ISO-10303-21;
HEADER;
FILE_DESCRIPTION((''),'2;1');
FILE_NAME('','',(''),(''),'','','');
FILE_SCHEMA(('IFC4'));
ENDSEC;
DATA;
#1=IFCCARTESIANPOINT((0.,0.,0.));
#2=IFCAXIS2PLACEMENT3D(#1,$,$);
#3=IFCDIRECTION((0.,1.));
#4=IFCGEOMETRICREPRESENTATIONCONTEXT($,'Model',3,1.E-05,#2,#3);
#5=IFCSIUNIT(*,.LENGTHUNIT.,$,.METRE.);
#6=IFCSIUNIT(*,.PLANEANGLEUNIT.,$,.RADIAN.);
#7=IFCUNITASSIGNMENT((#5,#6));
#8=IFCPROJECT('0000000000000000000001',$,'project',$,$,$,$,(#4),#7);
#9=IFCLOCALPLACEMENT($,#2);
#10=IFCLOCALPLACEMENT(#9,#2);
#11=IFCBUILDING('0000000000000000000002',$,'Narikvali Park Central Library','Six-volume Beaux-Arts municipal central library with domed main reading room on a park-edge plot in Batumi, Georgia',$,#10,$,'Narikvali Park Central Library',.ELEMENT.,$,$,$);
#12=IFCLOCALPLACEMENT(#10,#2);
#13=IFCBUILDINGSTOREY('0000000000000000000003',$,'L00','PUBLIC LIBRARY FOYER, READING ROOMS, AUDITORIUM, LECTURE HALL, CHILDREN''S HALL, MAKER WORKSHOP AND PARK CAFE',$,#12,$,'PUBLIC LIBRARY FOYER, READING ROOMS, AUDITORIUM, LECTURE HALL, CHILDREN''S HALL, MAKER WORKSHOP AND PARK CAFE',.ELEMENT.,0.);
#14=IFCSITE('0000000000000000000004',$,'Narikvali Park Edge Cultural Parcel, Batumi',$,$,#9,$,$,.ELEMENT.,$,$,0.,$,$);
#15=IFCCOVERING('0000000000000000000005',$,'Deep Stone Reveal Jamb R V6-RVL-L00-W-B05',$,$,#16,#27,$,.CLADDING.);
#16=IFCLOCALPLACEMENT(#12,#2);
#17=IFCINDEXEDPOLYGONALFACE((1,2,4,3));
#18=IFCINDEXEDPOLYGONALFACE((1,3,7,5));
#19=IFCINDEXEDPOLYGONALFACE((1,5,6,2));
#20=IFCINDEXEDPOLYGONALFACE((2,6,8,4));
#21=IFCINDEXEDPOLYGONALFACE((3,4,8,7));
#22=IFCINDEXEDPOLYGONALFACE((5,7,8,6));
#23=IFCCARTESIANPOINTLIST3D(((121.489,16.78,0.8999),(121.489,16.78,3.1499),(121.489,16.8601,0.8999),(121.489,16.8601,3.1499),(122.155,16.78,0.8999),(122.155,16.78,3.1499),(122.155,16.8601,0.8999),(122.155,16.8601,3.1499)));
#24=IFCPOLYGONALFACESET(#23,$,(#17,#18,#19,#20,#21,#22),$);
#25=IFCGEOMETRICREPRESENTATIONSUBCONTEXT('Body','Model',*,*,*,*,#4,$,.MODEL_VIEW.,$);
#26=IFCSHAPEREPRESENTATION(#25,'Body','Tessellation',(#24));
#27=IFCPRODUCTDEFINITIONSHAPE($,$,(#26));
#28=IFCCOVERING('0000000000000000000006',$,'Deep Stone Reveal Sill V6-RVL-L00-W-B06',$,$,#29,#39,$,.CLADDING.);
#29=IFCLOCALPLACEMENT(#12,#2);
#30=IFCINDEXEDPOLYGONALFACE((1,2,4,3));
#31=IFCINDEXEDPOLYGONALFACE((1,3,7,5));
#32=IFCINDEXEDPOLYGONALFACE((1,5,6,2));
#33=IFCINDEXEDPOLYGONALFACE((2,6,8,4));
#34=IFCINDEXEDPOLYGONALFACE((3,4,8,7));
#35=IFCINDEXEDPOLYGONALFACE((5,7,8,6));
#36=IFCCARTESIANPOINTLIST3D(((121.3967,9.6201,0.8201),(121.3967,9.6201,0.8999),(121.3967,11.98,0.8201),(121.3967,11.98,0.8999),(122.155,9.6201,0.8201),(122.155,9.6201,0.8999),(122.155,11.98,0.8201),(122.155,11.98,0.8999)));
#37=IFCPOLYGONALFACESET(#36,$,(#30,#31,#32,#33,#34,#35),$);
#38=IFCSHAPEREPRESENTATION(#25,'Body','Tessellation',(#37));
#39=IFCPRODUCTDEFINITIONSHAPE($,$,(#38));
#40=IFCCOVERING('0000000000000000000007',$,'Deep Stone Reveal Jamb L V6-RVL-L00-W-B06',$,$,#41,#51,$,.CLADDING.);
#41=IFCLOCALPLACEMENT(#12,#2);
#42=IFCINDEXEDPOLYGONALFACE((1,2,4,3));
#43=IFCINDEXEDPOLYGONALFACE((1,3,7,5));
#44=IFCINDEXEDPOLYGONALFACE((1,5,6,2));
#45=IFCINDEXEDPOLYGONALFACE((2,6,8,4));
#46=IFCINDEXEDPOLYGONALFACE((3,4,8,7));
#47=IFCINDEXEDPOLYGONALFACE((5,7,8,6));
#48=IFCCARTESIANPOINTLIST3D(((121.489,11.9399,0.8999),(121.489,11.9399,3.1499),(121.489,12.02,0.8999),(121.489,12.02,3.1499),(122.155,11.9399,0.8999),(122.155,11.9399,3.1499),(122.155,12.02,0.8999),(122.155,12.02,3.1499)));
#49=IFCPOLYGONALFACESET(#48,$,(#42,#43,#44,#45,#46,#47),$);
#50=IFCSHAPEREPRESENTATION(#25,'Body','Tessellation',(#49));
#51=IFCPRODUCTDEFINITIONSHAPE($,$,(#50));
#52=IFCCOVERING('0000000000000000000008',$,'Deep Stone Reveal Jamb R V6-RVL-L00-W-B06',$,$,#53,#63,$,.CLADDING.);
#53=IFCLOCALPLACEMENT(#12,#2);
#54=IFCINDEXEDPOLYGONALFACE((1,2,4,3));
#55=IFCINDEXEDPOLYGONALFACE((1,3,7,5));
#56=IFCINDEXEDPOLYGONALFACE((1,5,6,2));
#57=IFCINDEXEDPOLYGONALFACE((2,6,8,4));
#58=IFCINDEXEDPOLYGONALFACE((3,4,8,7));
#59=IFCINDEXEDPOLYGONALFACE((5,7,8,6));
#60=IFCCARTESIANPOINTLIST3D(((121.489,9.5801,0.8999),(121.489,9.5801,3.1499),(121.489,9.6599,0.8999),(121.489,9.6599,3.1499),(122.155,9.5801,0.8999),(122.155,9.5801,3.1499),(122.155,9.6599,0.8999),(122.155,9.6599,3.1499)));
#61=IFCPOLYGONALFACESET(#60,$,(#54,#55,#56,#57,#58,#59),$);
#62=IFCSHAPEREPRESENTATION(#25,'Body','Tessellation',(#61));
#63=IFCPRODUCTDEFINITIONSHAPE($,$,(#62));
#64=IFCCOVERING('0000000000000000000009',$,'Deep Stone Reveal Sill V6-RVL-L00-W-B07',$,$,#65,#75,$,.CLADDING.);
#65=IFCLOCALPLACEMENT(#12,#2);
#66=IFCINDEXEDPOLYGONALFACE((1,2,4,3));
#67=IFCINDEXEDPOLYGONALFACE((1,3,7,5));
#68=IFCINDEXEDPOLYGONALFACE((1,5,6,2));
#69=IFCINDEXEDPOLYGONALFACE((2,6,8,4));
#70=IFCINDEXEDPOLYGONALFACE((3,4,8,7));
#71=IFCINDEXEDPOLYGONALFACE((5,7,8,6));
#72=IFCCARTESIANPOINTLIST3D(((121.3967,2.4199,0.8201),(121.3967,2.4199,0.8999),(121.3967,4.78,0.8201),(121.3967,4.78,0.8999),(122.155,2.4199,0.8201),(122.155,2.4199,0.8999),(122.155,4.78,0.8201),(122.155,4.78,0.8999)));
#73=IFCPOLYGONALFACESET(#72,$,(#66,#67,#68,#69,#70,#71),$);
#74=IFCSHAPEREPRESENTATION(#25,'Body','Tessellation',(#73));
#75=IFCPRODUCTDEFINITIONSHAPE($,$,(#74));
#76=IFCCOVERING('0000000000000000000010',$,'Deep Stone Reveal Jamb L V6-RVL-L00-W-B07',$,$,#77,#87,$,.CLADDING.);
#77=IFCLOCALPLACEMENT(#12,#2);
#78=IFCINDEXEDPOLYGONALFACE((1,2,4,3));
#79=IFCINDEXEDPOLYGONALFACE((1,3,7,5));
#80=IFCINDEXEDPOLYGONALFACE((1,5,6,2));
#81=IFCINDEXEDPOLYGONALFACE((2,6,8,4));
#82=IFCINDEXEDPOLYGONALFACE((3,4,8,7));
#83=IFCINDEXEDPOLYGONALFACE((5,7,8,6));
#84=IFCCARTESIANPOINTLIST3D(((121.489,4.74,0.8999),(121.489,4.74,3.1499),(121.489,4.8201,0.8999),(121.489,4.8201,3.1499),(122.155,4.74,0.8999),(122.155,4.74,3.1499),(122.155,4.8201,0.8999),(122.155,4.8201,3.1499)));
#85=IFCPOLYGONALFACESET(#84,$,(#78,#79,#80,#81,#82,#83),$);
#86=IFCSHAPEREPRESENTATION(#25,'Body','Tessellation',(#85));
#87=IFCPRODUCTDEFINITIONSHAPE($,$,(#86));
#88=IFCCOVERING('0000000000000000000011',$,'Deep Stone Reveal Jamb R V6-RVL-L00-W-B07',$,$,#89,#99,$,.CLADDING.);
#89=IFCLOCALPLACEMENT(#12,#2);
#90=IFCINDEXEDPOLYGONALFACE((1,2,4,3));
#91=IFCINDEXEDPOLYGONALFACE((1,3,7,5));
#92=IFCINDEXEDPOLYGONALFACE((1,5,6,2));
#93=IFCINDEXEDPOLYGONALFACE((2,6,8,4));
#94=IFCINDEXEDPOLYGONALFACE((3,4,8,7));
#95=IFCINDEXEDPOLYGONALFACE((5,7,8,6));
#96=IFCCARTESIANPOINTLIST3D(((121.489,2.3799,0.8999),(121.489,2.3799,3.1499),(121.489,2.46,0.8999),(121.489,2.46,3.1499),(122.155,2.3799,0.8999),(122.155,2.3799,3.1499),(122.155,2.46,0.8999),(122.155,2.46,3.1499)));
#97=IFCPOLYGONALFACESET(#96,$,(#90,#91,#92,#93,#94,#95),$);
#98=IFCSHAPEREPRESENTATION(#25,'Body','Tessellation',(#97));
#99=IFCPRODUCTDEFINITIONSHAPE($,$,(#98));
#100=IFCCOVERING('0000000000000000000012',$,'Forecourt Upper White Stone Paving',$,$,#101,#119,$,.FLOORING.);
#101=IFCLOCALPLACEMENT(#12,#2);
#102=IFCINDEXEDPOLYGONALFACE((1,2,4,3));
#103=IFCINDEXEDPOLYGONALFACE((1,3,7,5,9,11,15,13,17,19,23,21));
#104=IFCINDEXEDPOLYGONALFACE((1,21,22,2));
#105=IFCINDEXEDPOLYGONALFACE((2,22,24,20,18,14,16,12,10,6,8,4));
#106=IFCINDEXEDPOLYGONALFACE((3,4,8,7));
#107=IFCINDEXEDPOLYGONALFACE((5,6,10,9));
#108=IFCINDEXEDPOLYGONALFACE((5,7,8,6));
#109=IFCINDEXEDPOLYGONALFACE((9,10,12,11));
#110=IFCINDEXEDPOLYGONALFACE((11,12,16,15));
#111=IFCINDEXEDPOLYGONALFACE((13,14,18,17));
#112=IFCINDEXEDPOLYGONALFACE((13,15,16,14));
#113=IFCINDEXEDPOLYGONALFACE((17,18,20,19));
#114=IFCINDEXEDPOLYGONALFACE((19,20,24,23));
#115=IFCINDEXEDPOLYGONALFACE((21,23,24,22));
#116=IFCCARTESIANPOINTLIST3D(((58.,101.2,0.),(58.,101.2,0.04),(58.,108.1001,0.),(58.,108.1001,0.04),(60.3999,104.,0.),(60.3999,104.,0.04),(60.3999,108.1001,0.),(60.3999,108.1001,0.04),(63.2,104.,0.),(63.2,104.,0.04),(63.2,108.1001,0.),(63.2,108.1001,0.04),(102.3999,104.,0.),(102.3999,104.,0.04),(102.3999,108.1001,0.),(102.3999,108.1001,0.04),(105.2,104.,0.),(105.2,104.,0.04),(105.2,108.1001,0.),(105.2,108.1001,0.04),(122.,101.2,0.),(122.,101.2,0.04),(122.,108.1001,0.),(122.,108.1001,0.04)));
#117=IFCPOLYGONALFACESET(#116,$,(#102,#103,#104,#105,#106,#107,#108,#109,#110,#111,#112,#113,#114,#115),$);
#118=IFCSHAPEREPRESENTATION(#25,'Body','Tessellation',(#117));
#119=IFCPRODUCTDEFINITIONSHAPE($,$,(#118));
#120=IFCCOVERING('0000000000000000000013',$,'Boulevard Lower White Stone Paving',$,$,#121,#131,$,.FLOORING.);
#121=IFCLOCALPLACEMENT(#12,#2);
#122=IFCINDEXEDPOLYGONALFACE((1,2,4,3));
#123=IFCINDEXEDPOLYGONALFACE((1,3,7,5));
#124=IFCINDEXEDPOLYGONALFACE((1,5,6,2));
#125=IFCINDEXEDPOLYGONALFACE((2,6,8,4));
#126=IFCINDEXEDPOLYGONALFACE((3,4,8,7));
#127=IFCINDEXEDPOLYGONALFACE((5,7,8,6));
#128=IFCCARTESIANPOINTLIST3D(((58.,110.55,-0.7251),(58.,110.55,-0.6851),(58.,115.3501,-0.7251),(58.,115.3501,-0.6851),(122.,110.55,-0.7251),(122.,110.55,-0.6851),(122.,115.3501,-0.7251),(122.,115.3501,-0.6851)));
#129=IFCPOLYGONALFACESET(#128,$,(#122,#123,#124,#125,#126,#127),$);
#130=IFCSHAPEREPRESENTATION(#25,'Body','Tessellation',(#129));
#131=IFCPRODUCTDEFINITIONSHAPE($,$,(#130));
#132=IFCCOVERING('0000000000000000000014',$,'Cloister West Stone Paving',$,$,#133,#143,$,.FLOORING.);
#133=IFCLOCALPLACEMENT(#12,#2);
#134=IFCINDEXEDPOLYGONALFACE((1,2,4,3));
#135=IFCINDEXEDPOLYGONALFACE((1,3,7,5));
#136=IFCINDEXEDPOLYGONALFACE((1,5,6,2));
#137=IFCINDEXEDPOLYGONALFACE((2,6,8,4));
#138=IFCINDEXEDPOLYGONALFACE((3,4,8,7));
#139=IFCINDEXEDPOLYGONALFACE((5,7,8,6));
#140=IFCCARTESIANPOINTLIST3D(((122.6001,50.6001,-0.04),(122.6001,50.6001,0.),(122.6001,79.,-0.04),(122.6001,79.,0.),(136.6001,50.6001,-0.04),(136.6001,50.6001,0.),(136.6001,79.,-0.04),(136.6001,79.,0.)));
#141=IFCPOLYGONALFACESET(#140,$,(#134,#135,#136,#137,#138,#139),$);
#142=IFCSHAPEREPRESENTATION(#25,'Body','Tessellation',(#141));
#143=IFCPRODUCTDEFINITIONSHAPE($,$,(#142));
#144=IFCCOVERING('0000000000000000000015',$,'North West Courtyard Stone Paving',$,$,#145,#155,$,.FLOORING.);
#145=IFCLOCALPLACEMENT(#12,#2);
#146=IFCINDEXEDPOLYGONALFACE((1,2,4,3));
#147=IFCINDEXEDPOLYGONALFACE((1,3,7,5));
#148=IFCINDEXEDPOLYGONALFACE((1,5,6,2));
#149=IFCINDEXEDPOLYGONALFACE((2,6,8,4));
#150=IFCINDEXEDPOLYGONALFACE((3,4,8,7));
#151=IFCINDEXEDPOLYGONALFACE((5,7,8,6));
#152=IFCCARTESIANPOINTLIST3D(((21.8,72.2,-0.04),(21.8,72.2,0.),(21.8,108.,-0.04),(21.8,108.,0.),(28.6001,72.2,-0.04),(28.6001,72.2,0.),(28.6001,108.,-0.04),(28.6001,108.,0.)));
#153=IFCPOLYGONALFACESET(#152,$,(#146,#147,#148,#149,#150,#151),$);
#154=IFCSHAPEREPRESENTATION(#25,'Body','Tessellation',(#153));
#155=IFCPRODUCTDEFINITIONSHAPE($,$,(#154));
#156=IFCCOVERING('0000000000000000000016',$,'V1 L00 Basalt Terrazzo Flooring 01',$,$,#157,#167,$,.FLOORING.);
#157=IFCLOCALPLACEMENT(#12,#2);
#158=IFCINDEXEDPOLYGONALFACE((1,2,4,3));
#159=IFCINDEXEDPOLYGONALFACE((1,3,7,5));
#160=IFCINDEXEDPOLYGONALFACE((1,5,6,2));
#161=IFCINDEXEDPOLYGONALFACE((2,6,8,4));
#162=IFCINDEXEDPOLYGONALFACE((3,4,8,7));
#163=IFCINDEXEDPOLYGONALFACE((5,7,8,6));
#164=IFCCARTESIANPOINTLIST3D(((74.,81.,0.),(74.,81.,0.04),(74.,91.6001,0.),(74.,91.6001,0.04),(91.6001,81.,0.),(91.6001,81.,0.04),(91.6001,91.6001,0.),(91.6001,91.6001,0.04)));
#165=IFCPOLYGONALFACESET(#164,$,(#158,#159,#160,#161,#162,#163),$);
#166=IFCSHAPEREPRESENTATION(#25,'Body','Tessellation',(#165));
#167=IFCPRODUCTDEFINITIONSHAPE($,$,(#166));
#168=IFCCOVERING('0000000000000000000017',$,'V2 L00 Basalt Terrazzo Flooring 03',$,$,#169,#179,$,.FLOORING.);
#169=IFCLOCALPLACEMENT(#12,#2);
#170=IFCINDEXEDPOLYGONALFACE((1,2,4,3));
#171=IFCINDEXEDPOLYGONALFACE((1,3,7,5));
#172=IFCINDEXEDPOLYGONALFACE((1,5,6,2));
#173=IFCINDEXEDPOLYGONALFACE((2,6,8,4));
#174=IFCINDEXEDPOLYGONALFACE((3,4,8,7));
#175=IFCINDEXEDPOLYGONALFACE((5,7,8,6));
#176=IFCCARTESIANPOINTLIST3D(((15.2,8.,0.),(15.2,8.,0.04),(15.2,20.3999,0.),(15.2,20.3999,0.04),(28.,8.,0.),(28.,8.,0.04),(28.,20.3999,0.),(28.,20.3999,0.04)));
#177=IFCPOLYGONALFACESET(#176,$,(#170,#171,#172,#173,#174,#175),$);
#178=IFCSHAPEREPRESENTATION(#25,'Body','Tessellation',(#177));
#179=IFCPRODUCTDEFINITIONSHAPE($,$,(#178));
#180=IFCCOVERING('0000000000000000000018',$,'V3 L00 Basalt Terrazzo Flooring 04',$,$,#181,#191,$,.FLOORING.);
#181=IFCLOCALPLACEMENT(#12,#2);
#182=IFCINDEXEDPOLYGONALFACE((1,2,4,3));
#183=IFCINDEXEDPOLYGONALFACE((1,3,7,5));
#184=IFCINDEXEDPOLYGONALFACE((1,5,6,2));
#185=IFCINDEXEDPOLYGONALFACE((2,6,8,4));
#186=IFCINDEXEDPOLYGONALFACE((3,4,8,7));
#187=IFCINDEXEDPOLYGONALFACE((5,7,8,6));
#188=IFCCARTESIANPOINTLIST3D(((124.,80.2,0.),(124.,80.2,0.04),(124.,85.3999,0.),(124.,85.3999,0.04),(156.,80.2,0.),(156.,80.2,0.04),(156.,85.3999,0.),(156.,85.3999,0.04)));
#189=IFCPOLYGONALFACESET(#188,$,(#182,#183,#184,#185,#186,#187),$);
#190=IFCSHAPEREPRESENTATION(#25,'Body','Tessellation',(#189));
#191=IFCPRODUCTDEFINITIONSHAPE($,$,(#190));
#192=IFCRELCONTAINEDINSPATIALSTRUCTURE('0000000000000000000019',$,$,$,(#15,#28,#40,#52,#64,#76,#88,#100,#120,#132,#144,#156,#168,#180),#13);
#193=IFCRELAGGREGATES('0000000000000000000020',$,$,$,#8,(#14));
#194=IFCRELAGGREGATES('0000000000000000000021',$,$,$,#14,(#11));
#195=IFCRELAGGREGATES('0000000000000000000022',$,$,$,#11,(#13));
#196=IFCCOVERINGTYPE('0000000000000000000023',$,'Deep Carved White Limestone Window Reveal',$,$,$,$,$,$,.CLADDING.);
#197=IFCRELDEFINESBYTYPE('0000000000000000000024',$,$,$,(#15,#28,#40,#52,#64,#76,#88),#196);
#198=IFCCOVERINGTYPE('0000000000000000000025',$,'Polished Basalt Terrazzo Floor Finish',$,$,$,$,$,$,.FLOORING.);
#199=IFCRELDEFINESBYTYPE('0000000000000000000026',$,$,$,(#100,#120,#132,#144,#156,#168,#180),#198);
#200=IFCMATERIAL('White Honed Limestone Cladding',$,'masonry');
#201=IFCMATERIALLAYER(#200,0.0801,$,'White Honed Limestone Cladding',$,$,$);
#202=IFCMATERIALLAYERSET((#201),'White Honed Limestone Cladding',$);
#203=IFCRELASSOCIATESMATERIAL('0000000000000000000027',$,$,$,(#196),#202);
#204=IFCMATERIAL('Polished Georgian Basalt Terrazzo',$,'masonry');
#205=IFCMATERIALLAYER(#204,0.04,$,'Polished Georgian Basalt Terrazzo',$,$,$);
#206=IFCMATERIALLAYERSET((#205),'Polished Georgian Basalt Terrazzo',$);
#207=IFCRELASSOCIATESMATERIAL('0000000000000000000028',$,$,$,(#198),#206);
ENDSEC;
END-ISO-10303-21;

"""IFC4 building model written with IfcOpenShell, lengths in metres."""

from ifc_helpers import new_model, si_unit, direction, frame, origin, place, context, subcontext, project, spatial, polyline, outline, extrude, material, layer, layer_set, type_object, element, save


model = new_model("IFC4")

# Units and contexts
model_context = context("Model", 3, precision=1e-05, world=origin(), true_north=direction((0.0, 1.0)))
body_context = subcontext(model_context, "Body", "Model", "MODEL_VIEW")
ifc_project = project(units=[si_unit("LENGTHUNIT", "METRE"), si_unit("PLANEANGLEUNIT", "RADIAN")], contexts=[model_context])

# Site, building, storey
site_placement = place(None, origin())
site = spatial("IfcSite", under=ifc_project, at=site_placement, Name="Narikvali Park Edge Cultural Parcel, Batumi", CompositionType="ELEMENT", RefElevation=0.0)
building_placement = place(site_placement, origin())
building = spatial("IfcBuilding", under=site, at=building_placement, Name="Narikvali Park Central Library", Description="Six-volume Beaux-Arts municipal central library with domed main reading room on a park-edge plot in Batumi, Georgia", LongName="Narikvali Park Central Library", CompositionType="ELEMENT")
storey_placement = place(building_placement, origin())
storey = spatial("IfcBuildingStorey", under=building, at=storey_placement, Name="L00", Description="PUBLIC LIBRARY FOYER, READING ROOMS, AUDITORIUM, LECTURE HALL, CHILDREN'S HALL, MAKER WORKSHOP AND PARK CAFE", LongName="PUBLIC LIBRARY FOYER, READING ROOMS, AUDITORIUM, LECTURE HALL, CHILDREN'S HALL, MAKER WORKSHOP AND PARK CAFE", CompositionType="ELEMENT", Elevation=0.0)

# Coverings
ifc_material_1 = material(Name="White Honed Limestone Cladding", Category="masonry")
ifc_layer_1 = layer(ifc_material_1, 0.0801, Name="White Honed Limestone Cladding")
ifc_layer_set_1 = layer_set([ifc_layer_1], Name="White Honed Limestone Cladding")
covering_type_1 = type_object("IfcCoveringType", Name="Deep Carved White Limestone Window Reveal", PredefinedType="CLADDING", material=ifc_layer_set_1)
covering_1_placement = place(storey_placement, frame((0.0, 0.0, 0.8999)))
element("IfcCovering", 1, at=covering_1_placement, inside=storey, type_object=covering_type_1, Name="Deep Stone Reveal Jamb R V6-RVL-L00-W-B05", PredefinedType="CLADDING", context=body_context, shape_type="SweptSolid", body=[
    extrude(outline(polyline([(122.155, 16.8601), (122.155, 16.78), (121.489, 16.78), (121.489, 16.8601), (122.155, 16.8601)])), origin(), (0.0, 0.0, 1.0), 2.25),
])
covering_2_placement = place(storey_placement, frame((0.0, 0.0, 0.8201)))
element("IfcCovering", 2, at=covering_2_placement, inside=storey, type_object=covering_type_1, Name="Deep Stone Reveal Sill V6-RVL-L00-W-B06", PredefinedType="CLADDING", context=body_context, shape_type="SweptSolid", body=[
    extrude(outline(polyline([(122.155, 11.98), (122.155, 9.6201), (121.3967, 9.6201), (121.3967, 11.98), (122.155, 11.98)])), origin(), (0.0, 0.0, 1.0), 0.0798),
])
covering_3_placement = place(storey_placement, frame((0.0, 0.0, 0.8999)))
element("IfcCovering", 3, at=covering_3_placement, inside=storey, type_object=covering_type_1, Name="Deep Stone Reveal Jamb L V6-RVL-L00-W-B06", PredefinedType="CLADDING", context=body_context, shape_type="SweptSolid", body=[
    extrude(outline(polyline([(122.155, 12.02), (122.155, 11.9399), (121.489, 11.9399), (121.489, 12.02), (122.155, 12.02)])), origin(), (0.0, 0.0, 1.0), 2.25),
])
covering_4_placement = place(storey_placement, frame((0.0, 0.0, 0.8999)))
element("IfcCovering", 4, at=covering_4_placement, inside=storey, type_object=covering_type_1, Name="Deep Stone Reveal Jamb R V6-RVL-L00-W-B06", PredefinedType="CLADDING", context=body_context, shape_type="SweptSolid", body=[
    extrude(outline(polyline([(122.155, 9.6599), (122.155, 9.5801), (121.489, 9.5801), (121.489, 9.6599), (122.155, 9.6599)])), origin(), (0.0, 0.0, 1.0), 2.25),
])
covering_5_placement = place(storey_placement, frame((0.0, 0.0, 0.8201)))
element("IfcCovering", 5, at=covering_5_placement, inside=storey, type_object=covering_type_1, Name="Deep Stone Reveal Sill V6-RVL-L00-W-B07", PredefinedType="CLADDING", context=body_context, shape_type="SweptSolid", body=[
    extrude(outline(polyline([(122.155, 4.78), (122.155, 2.4199), (121.3967, 2.4199), (121.3967, 4.78), (122.155, 4.78)])), origin(), (0.0, 0.0, 1.0), 0.0798),
])
covering_6_placement = place(storey_placement, frame((0.0, 0.0, 0.8999)))
element("IfcCovering", 6, at=covering_6_placement, inside=storey, type_object=covering_type_1, Name="Deep Stone Reveal Jamb L V6-RVL-L00-W-B07", PredefinedType="CLADDING", context=body_context, shape_type="SweptSolid", body=[
    extrude(outline(polyline([(122.155, 4.8201), (122.155, 4.74), (121.489, 4.74), (121.489, 4.8201), (122.155, 4.8201)])), origin(), (0.0, 0.0, 1.0), 2.25),
])
covering_7_placement = place(storey_placement, frame((0.0, 0.0, 0.8999)))
element("IfcCovering", 7, at=covering_7_placement, inside=storey, type_object=covering_type_1, Name="Deep Stone Reveal Jamb R V6-RVL-L00-W-B07", PredefinedType="CLADDING", context=body_context, shape_type="SweptSolid", body=[
    extrude(outline(polyline([(122.155, 2.46), (122.155, 2.3799), (121.489, 2.3799), (121.489, 2.46), (122.155, 2.46)])), origin(), (0.0, 0.0, 1.0), 2.25),
])
ifc_material_2 = material(Name="Polished Georgian Basalt Terrazzo", Category="masonry")
ifc_layer_2 = layer(ifc_material_2, 0.04, Name="Polished Georgian Basalt Terrazzo")
ifc_layer_set_2 = layer_set([ifc_layer_2], Name="Polished Georgian Basalt Terrazzo")
covering_type_2 = type_object("IfcCoveringType", Name="Polished Basalt Terrazzo Floor Finish", PredefinedType="FLOORING", material=ifc_layer_set_2)
covering_8_placement = place(storey_placement, origin())
element("IfcCovering", 8, at=covering_8_placement, inside=storey, type_object=covering_type_2, Name="Forecourt Upper White Stone Paving", PredefinedType="FLOORING", context=body_context, shape_type="SweptSolid", body=[
    extrude(outline(polyline([(58.0, 101.2), (122.0, 101.2), (122.0, 108.1001), (105.2, 108.1001), (105.2, 104.0), (102.3999, 104.0), (102.3999, 108.1001), (63.2, 108.1001), (63.2, 104.0), (60.3999, 104.0), (60.3999, 108.1001), (58.0, 108.1001), (58.0, 101.2)])), origin(), (0.0, 0.0, 1.0), 0.04),
])
covering_9_placement = place(storey_placement, frame((0.0, 0.0, -0.7251)))
element("IfcCovering", 9, at=covering_9_placement, inside=storey, type_object=covering_type_2, Name="Boulevard Lower White Stone Paving", PredefinedType="FLOORING", context=body_context, shape_type="SweptSolid", body=[
    extrude(outline(polyline([(58.0, 110.55), (122.0, 110.55), (122.0, 115.3501), (58.0, 115.3501), (58.0, 110.55)])), origin(), (0.0, 0.0, 1.0), 0.04),
])
covering_10_placement = place(storey_placement, frame((0.0, 0.0, -0.04)))
element("IfcCovering", 10, at=covering_10_placement, inside=storey, type_object=covering_type_2, Name="Cloister West Stone Paving", PredefinedType="FLOORING", context=body_context, shape_type="SweptSolid", body=[
    extrude(outline(polyline([(122.6001, 50.6001), (136.6001, 50.6001), (136.6001, 79.0), (122.6001, 79.0), (122.6001, 50.6001)])), origin(), (0.0, 0.0, 1.0), 0.04),
])
covering_11_placement = place(storey_placement, frame((0.0, 0.0, -0.04)))
element("IfcCovering", 11, at=covering_11_placement, inside=storey, type_object=covering_type_2, Name="North West Courtyard Stone Paving", PredefinedType="FLOORING", context=body_context, shape_type="SweptSolid", body=[
    extrude(outline(polyline([(21.8, 72.2), (28.6001, 72.2), (28.6001, 108.0), (21.8, 108.0), (21.8, 72.2)])), origin(), (0.0, 0.0, 1.0), 0.04),
])
covering_12_placement = place(storey_placement, origin())
element("IfcCovering", 12, at=covering_12_placement, inside=storey, type_object=covering_type_2, Name="V1 L00 Basalt Terrazzo Flooring 01", PredefinedType="FLOORING", context=body_context, shape_type="SweptSolid", body=[
    extrude(outline(polyline([(74.0, 81.0), (91.6001, 81.0), (91.6001, 91.6001), (74.0, 91.6001), (74.0, 81.0)])), origin(), (0.0, 0.0, 1.0), 0.04),
])
covering_13_placement = place(storey_placement, origin())
element("IfcCovering", 13, at=covering_13_placement, inside=storey, type_object=covering_type_2, Name="V2 L00 Basalt Terrazzo Flooring 03", PredefinedType="FLOORING", context=body_context, shape_type="SweptSolid", body=[
    extrude(outline(polyline([(15.2, 8.0), (28.0, 8.0), (28.0, 20.3999), (15.2, 20.3999), (15.2, 8.0)])), origin(), (0.0, 0.0, 1.0), 0.04),
])
covering_14_placement = place(storey_placement, origin())
element("IfcCovering", 14, at=covering_14_placement, inside=storey, type_object=covering_type_2, Name="V3 L00 Basalt Terrazzo Flooring 04", PredefinedType="FLOORING", context=body_context, shape_type="SweptSolid", body=[
    extrude(outline(polyline([(124.0, 80.2), (156.0, 80.2), (156.0, 85.3999), (124.0, 85.3999), (124.0, 80.2)])), origin(), (0.0, 0.0, 1.0), 0.04),
])

save(model, "model.ifc")
